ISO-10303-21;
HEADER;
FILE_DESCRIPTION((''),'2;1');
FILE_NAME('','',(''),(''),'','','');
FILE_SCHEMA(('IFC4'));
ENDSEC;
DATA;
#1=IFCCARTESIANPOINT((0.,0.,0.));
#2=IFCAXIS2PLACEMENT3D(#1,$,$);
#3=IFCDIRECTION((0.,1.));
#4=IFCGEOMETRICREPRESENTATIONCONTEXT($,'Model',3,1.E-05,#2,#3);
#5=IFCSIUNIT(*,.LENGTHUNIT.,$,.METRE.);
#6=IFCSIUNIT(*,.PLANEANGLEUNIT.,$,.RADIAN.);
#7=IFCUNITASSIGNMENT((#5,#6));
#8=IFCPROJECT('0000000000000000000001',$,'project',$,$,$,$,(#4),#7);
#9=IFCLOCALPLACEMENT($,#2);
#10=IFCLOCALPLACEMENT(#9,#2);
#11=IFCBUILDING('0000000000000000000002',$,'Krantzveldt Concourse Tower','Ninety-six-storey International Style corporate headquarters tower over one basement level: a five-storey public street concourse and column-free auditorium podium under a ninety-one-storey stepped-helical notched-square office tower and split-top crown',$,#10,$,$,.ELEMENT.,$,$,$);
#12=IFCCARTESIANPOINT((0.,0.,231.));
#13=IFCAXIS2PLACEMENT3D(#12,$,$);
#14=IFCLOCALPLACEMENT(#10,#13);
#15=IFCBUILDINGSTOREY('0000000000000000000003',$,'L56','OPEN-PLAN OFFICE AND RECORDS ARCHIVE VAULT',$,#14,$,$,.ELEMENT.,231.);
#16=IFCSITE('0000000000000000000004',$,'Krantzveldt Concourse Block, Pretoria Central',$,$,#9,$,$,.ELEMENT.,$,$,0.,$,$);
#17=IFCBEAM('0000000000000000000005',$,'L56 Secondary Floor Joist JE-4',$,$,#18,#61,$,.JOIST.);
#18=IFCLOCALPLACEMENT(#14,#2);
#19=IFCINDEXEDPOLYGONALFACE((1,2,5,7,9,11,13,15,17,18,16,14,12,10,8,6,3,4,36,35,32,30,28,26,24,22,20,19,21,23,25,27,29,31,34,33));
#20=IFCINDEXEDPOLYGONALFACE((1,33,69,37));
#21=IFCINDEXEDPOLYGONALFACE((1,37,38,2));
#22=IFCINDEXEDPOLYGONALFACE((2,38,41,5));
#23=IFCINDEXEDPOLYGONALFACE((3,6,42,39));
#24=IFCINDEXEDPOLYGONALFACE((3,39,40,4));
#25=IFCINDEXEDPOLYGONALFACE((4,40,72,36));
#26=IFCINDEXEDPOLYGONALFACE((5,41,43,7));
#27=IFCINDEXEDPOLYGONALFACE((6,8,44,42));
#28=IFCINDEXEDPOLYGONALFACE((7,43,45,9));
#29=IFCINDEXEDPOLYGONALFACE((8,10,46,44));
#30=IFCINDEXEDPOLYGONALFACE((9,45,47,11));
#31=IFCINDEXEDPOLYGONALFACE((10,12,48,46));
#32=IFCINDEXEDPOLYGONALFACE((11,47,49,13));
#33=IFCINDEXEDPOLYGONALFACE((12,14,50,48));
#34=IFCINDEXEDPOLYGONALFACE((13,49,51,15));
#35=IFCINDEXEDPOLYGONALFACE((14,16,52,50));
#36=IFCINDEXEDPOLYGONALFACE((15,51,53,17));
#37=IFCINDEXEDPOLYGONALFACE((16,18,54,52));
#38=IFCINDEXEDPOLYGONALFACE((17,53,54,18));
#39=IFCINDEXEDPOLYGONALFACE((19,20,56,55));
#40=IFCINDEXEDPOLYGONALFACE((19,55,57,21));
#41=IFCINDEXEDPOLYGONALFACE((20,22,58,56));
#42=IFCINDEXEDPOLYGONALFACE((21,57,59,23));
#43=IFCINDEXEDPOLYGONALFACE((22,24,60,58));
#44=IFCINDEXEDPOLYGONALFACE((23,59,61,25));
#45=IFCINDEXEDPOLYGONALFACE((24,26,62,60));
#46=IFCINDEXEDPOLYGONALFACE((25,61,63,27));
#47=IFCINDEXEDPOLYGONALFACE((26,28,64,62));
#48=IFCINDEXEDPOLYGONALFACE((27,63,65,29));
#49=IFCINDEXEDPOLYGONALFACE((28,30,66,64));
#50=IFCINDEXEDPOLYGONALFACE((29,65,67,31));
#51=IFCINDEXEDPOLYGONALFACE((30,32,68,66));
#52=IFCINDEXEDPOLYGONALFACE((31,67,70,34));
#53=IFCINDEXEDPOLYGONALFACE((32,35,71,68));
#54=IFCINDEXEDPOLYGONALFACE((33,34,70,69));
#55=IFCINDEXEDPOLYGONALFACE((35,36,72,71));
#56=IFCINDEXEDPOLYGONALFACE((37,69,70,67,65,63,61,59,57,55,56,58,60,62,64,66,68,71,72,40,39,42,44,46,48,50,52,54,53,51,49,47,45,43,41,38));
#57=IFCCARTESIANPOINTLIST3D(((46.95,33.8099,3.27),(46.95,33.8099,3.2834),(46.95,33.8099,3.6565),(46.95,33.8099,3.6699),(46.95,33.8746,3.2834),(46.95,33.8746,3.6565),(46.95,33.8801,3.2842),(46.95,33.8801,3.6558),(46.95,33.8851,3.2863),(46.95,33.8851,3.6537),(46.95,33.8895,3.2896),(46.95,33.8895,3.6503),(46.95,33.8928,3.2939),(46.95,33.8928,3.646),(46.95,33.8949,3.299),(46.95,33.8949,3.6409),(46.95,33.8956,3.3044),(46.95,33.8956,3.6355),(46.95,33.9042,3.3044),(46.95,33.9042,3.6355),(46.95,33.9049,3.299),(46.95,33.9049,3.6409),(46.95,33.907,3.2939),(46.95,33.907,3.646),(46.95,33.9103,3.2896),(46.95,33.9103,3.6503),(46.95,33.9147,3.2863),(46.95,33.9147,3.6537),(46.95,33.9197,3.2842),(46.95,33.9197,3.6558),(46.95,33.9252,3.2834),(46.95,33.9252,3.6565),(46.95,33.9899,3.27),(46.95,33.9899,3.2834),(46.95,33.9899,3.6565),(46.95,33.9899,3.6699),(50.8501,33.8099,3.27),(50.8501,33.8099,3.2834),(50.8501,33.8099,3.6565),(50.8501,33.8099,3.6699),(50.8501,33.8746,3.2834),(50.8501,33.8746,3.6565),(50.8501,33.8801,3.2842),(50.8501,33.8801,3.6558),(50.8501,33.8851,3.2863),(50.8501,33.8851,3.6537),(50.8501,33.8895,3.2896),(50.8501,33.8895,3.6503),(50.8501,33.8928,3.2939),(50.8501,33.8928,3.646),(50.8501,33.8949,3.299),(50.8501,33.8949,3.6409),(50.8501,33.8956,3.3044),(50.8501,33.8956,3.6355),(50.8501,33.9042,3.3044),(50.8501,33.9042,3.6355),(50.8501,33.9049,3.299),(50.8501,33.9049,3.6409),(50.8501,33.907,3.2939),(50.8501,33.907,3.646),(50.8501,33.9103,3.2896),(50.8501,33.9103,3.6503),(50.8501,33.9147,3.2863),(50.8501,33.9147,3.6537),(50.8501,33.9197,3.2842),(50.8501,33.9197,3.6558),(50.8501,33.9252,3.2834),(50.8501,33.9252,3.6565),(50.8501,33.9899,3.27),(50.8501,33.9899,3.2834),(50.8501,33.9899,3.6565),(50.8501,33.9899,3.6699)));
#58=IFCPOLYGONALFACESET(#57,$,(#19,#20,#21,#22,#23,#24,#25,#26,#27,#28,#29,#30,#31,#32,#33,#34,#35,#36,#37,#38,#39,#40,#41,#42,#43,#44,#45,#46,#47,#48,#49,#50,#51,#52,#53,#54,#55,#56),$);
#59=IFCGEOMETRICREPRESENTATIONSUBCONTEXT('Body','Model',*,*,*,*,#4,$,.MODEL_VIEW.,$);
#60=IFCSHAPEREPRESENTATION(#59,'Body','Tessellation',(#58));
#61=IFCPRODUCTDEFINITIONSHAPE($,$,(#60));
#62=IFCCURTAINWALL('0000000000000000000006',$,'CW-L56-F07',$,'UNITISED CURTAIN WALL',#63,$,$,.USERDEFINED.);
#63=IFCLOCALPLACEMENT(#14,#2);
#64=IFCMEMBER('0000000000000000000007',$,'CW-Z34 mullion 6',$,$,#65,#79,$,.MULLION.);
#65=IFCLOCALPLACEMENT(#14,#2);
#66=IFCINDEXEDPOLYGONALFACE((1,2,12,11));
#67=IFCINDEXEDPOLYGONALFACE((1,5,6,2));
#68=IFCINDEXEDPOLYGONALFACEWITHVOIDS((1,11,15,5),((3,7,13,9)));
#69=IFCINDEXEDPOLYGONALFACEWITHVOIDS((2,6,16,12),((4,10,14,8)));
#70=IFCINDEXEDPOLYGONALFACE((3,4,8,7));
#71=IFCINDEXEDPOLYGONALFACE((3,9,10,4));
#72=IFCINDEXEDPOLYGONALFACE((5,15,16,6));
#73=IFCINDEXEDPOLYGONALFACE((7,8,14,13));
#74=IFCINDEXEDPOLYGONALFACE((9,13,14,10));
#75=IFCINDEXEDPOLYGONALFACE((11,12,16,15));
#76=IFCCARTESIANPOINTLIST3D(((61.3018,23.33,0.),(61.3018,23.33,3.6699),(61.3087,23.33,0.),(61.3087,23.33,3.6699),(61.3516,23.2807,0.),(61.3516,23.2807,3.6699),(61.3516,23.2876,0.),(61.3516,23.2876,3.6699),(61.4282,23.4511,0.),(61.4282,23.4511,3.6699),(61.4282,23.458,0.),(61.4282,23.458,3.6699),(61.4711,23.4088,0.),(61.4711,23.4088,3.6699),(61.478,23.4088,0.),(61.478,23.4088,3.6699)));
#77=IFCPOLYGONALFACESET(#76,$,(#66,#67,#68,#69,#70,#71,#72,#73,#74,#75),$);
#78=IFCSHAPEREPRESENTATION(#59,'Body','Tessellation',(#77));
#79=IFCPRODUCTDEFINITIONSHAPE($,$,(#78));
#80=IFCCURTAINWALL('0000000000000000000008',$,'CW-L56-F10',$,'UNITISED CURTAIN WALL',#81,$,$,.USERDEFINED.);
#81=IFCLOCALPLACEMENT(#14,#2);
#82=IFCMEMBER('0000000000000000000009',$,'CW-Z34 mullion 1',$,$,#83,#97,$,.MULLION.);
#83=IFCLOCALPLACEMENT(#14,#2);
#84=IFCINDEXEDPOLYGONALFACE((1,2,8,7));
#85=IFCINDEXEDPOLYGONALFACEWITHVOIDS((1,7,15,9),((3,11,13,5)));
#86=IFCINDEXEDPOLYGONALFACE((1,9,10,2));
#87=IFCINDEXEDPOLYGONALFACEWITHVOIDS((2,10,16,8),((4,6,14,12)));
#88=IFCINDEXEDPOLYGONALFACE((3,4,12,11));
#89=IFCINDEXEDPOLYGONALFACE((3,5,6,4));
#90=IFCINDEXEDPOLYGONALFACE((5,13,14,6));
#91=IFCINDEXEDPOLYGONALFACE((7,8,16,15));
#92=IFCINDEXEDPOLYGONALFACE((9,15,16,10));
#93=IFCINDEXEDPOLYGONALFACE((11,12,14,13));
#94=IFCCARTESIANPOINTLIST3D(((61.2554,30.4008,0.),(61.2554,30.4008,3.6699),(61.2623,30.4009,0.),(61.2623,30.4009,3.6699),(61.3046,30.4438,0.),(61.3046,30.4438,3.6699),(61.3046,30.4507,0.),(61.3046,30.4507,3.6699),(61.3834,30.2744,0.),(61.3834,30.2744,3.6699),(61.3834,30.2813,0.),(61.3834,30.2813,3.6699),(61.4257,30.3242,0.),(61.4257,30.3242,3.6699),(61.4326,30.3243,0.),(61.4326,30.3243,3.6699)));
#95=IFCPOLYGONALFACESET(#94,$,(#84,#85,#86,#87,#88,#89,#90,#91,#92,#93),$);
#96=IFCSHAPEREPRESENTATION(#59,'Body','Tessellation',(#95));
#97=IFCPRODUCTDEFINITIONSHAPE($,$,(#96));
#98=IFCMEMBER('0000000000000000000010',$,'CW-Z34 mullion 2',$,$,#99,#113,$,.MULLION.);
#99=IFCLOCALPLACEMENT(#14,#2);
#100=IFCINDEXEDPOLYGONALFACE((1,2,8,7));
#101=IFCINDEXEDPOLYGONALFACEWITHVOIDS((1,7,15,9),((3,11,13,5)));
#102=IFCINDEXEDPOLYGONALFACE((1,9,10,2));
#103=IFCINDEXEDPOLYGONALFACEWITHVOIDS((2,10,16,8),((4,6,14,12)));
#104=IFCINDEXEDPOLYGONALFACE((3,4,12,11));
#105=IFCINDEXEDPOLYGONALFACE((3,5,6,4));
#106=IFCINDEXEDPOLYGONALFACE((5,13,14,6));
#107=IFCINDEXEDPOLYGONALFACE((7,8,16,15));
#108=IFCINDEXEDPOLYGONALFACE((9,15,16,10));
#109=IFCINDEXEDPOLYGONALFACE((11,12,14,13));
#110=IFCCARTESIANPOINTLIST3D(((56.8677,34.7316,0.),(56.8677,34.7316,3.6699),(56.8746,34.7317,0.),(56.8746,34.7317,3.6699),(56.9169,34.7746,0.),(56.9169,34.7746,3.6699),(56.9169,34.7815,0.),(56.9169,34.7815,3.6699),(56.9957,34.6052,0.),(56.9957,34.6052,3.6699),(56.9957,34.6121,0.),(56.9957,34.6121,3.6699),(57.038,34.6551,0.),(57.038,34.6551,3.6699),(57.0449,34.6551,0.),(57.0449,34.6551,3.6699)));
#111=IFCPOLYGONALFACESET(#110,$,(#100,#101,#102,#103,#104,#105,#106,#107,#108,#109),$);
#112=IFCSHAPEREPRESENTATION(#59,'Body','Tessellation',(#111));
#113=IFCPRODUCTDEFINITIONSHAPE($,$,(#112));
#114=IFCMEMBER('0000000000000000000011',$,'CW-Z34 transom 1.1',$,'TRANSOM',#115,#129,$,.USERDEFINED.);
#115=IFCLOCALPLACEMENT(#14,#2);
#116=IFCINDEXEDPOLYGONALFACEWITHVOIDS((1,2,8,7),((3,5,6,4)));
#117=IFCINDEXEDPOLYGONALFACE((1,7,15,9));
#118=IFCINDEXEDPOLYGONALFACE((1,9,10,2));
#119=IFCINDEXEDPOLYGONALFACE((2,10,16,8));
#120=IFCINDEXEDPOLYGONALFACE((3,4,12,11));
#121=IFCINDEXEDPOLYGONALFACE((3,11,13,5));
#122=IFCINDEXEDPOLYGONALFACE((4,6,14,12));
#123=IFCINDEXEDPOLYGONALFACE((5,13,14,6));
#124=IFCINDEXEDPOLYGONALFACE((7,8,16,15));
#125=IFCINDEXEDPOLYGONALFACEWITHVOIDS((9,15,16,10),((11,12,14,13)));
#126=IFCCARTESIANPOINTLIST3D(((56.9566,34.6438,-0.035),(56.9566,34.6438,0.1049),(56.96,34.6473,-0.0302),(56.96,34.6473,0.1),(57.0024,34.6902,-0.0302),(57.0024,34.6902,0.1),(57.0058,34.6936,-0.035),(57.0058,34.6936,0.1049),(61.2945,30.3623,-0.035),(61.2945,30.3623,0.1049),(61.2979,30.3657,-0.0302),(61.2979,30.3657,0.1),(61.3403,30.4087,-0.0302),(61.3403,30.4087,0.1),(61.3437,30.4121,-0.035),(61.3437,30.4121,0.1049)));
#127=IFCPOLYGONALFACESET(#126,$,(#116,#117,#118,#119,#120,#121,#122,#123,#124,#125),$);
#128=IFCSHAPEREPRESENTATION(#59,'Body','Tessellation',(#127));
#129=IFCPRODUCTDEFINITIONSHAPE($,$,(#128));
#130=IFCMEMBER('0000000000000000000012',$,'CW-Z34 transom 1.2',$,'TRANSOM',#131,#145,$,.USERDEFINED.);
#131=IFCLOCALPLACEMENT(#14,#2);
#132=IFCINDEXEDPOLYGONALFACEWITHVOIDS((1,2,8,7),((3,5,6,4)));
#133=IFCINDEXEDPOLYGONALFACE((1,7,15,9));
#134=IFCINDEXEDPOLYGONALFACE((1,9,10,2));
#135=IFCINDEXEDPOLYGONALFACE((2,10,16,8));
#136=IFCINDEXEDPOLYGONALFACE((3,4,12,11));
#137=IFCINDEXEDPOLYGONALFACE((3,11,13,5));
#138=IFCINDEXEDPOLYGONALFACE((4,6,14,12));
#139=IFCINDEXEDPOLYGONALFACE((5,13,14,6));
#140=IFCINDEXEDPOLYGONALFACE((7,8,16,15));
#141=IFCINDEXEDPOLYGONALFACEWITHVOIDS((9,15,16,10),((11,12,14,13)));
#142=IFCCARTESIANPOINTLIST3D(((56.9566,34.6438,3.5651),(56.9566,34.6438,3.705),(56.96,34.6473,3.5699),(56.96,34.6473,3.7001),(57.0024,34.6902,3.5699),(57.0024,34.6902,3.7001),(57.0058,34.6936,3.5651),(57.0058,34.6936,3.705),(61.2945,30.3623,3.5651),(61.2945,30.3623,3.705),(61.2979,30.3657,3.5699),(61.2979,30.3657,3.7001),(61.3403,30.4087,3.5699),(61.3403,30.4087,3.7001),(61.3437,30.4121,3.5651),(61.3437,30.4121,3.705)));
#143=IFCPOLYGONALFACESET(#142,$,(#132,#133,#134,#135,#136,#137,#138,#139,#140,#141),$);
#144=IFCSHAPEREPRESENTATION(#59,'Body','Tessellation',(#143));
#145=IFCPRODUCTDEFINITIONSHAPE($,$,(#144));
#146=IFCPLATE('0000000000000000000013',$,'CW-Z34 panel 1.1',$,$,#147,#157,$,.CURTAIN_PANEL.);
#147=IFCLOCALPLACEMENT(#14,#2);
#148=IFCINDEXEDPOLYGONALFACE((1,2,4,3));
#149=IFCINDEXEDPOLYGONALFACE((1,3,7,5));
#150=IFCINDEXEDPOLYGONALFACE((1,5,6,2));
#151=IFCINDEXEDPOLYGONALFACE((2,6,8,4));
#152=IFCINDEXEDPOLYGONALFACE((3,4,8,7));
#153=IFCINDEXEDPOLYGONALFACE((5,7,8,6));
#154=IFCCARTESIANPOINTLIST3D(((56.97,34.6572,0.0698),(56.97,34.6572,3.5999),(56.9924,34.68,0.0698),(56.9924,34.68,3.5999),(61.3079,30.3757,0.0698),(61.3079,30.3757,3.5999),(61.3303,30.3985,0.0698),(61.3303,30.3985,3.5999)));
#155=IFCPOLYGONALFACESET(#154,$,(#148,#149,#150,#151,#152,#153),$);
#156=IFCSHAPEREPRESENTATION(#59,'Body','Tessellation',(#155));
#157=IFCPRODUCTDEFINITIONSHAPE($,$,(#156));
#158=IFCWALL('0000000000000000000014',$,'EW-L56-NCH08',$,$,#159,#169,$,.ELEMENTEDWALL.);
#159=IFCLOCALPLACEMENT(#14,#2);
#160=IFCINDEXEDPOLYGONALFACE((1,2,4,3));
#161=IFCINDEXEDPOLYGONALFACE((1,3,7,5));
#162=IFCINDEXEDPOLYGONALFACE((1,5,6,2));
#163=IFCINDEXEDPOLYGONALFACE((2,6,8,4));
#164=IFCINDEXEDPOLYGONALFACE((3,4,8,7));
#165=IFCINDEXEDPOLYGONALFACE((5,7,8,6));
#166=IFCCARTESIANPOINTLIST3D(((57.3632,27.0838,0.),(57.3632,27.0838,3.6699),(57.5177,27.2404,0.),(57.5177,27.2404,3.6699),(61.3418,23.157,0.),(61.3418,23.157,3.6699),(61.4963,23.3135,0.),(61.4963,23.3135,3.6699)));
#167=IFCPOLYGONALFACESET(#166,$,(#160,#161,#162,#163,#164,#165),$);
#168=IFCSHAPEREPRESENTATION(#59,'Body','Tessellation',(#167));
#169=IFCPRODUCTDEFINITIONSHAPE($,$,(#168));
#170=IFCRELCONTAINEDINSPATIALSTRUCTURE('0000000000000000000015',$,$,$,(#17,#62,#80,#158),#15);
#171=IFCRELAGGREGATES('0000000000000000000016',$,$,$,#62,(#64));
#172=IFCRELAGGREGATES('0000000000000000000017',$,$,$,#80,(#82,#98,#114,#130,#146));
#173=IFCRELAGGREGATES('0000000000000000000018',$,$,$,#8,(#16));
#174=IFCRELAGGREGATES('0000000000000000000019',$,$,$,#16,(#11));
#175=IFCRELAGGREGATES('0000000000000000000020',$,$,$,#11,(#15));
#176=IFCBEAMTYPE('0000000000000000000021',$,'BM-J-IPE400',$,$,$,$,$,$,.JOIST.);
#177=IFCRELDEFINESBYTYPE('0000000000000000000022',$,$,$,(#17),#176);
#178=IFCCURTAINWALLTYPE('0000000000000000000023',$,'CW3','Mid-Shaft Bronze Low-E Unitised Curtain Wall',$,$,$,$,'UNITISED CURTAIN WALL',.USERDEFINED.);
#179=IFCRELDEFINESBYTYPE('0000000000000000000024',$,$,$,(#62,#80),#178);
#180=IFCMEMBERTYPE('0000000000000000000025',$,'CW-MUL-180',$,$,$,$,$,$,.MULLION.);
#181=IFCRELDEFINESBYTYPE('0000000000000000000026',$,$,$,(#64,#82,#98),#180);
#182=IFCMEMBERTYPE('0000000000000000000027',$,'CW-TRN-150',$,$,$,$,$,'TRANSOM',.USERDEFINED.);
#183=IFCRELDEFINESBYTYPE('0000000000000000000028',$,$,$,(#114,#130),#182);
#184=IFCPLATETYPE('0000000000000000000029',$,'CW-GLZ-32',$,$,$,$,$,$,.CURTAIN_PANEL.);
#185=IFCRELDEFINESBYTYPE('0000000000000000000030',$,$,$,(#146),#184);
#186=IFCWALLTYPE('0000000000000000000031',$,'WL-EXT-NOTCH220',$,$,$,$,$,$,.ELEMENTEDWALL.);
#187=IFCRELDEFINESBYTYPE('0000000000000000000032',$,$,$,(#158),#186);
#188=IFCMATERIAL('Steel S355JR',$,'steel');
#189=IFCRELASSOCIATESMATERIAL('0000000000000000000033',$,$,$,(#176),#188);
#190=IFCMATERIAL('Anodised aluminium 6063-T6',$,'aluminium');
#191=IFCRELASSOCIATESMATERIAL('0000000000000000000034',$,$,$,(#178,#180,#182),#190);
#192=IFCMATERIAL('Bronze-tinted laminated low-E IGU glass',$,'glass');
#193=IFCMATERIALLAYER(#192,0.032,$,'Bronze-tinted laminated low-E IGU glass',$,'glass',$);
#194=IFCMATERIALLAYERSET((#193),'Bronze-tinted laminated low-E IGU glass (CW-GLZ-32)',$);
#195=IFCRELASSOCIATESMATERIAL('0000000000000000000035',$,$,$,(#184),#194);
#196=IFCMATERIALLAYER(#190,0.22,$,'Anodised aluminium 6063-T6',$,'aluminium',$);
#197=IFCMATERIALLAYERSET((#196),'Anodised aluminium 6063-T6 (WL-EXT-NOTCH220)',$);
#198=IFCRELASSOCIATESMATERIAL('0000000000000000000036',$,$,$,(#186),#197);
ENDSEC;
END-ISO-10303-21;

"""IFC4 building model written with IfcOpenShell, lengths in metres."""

from ifc_helpers import new_model, si_unit, direction, frame, frame_2d, origin, origin_2d, place, context, subcontext, project, spatial, rectangle, hollow_rectangle, i_section, extrude, source, transform, mapped, material, layer, layer_set, material_profile, profile_set, type_object, type_shapes, element, aggregate, save


model = new_model("IFC4")

# Units and contexts
model_context = context("Model", 3, precision=1e-05, world=origin(), true_north=direction((0.0, 1.0)))
body_context = subcontext(model_context, "Body", "Model", "MODEL_VIEW")
ifc_project = project(units=[si_unit("LENGTHUNIT", "METRE"), si_unit("PLANEANGLEUNIT", "RADIAN")], contexts=[model_context])

# Site, building, storey
site_placement = place(None, origin())
site = spatial("IfcSite", under=ifc_project, at=site_placement, Name="Krantzveldt Concourse Block, Pretoria Central", CompositionType="ELEMENT", RefElevation=0.0)
building_placement = place(site_placement, origin())
building = spatial("IfcBuilding", under=site, at=building_placement, Name="Krantzveldt Concourse Tower", Description="Ninety-six-storey International Style corporate headquarters tower over one basement level: a five-storey public street concourse and column-free auditorium podium under a ninety-one-storey stepped-helical notched-square office tower and split-top crown", CompositionType="ELEMENT")
storey_placement = place(building_placement, frame((0.0, 0.0, 231.0)))
storey = spatial("IfcBuildingStorey", under=building, at=storey_placement, Name="L56", Description="OPEN-PLAN OFFICE AND RECORDS ARCHIVE VAULT", CompositionType="ELEMENT", Elevation=231.0)

# Beam
ifc_material_1 = material(Name="Steel S355JR", Category="steel")
ifc_material_profile_1 = material_profile(ifc_material_1, i_section(OverallWidth=0.1799, OverallDepth=0.3999, WebThickness=0.0085, FlangeThickness=0.0134, FilletRadius=0.021, at=origin_2d()), Name="Steel S355JR", Category="steel")
ifc_profile_set_1 = profile_set([ifc_material_profile_1], Name="Steel S355JR - IPE 400")
beam_type_1 = type_object("IfcBeamType", Name="BM-J-IPE400", PredefinedType="JOIST", material=ifc_profile_set_1)
shared_shape_1 = source(origin(), body_context, "Body", "SweptSolid", [
    extrude(i_section(OverallWidth=0.1799, OverallDepth=0.3999, WebThickness=0.0085, FlangeThickness=0.0134, FilletRadius=0.021, at=origin_2d()), origin(), (0.0, 0.0, 1.0), 3.9001),
])
type_shapes(beam_type_1, [shared_shape_1])
for number, where, z_axis, x_axis, name in (
    (1, (46.95, 33.8999, 3.47), (1.0, 0.0, 0.0), (0.0, 1.0, 0.0), "L56 Secondary Floor Joist JE-4"),
):
    element("IfcBeam", number, at=place(storey_placement, frame(where, z_axis=z_axis, x_axis=x_axis)), inside=storey, type_object=beam_type_1, Name=name, PredefinedType="JOIST", context=body_context, shape_type="MappedRepresentation", body=[
        mapped(shared_shape_1, transform((0.0, 0.0, 0.0), x_axis=(1.0, 0.0, 0.0), y_axis=(0.0, 1.0, 0.0), z_axis=(0.0, 0.0, 1.0), scale=1.0)),
    ])

# Curtain wall, member
ifc_material_2 = material(Name="Anodised aluminium 6063-T6", Category="aluminium")
curtain_wall_type = type_object("IfcCurtainWallType", Name="CW3", Description="Mid-Shaft Bronze Low-E Unitised Curtain Wall", ElementType="UNITISED CURTAIN WALL", PredefinedType="USERDEFINED", material=ifc_material_2)
curtain_wall_1_placement = place(storey_placement, origin())
curtain_wall_1 = element("IfcCurtainWall", 2, at=curtain_wall_1_placement, inside=storey, type_object=curtain_wall_type, Name="CW-L56-F07", ObjectType="UNITISED CURTAIN WALL", PredefinedType="USERDEFINED")
ifc_material_profile_2 = material_profile(ifc_material_2, hollow_rectangle(XDim=0.0701, YDim=0.1799, WallThickness=0.0049, at=origin_2d()), Name="Anodised aluminium 6063-T6", Category="aluminium")
ifc_profile_set_2 = profile_set([ifc_material_profile_2], Name="Anodised aluminium 6063-T6 - ALU-MULL 180x70x5")
member_type_1 = type_object("IfcMemberType", Name="CW-MUL-180", PredefinedType="MULLION", material=ifc_profile_set_2)
shared_shape_2 = source(origin(), body_context, "Body", "SweptSolid", [
    extrude(hollow_rectangle(XDim=0.0701, YDim=0.1799, WallThickness=0.0049, at=origin_2d()), origin(), (0.0, 0.0, 1.0), 3.6699),
])
type_shapes(member_type_1, [shared_shape_2])
member_1_placement = place(storey_placement, frame((61.3899, 23.3694, 0.0), z_axis=(0.0, 0.0, 1.0), x_axis=(-0.71172, 0.702464, 0.0)))
member_1 = element("IfcMember", 3, at=member_1_placement, type_object=member_type_1, Name="CW-Z34 mullion 6", PredefinedType="MULLION", context=body_context, shape_type="MappedRepresentation", body=[
    mapped(shared_shape_2, transform((0.0, 0.0, 0.0), x_axis=(1.0, 0.0, 0.0), y_axis=(0.0, 1.0, 0.0), z_axis=(0.0, 0.0, 1.0), scale=1.0)),
])
aggregate(curtain_wall_1, [member_1])

# Curtain wall, members, plate
curtain_wall_2_placement = place(storey_placement, origin())
curtain_wall_2 = element("IfcCurtainWall", 4, at=curtain_wall_2_placement, inside=storey, type_object=curtain_wall_type, Name="CW-L56-F10", ObjectType="UNITISED CURTAIN WALL", PredefinedType="USERDEFINED")
member_2_placement = place(storey_placement, frame((61.344, 30.3625, 0.0), z_axis=(0.0, 0.0, 1.0), x_axis=(-0.702464, -0.71172, 0.0)))
member_2 = element("IfcMember", 5, at=member_2_placement, type_object=member_type_1, Name="CW-Z34 mullion 1", PredefinedType="MULLION", context=body_context, shape_type="MappedRepresentation", body=[
    mapped(shared_shape_2, transform((0.0, 0.0, 0.0), x_axis=(1.0, 0.0, 0.0), y_axis=(0.0, 1.0, 0.0), z_axis=(0.0, 0.0, 1.0), scale=1.0)),
])
member_3_placement = place(storey_placement, frame((56.9563, 34.6934, 0.0), z_axis=(0.0, 0.0, 1.0), x_axis=(-0.702464, -0.71172, 0.0)))
member_3 = element("IfcMember", 6, at=member_3_placement, type_object=member_type_1, Name="CW-Z34 mullion 2", PredefinedType="MULLION", context=body_context, shape_type="MappedRepresentation", body=[
    mapped(shared_shape_2, transform((0.0, 0.0, 0.0), x_axis=(1.0, 0.0, 0.0), y_axis=(0.0, 1.0, 0.0), z_axis=(0.0, 0.0, 1.0), scale=1.0)),
])
ifc_material_profile_3 = material_profile(ifc_material_2, hollow_rectangle(XDim=0.0701, YDim=0.1399, WallThickness=0.0049, at=origin_2d()), Name="Anodised aluminium 6063-T6", Category="aluminium")
ifc_profile_set_3 = profile_set([ifc_material_profile_3], Name="Anodised aluminium 6063-T6 - ALU-TRAN 140x70x5")
member_type_2 = type_object("IfcMemberType", Name="CW-TRN-150", ElementType="TRANSOM", PredefinedType="USERDEFINED", material=ifc_profile_set_3)
shared_shape_3 = source(origin(), body_context, "Body", "SweptSolid", [
    extrude(hollow_rectangle(XDim=0.0701, YDim=0.1399, WallThickness=0.0049, at=origin_2d()), origin(), (0.0, 0.0, 1.0), 6.095),
])
type_shapes(member_type_2, [shared_shape_3])
member_4_placement = place(storey_placement, frame((61.3191, 30.3872, 0.0349), z_axis=(-0.711718, 0.702465, 0.0), x_axis=(-0.702465, -0.711718, 0.0)))
member_4 = element("IfcMember", 7, at=member_4_placement, type_object=member_type_2, Name="CW-Z34 transom 1.1", ObjectType="TRANSOM", PredefinedType="USERDEFINED", context=body_context, shape_type="MappedRepresentation", body=[
    mapped(shared_shape_3, transform((0.0, 0.0, 0.0), x_axis=(1.0, 0.0, 0.0), y_axis=(0.0, 1.0, 0.0), z_axis=(0.0, 0.0, 1.0), scale=1.0)),
])
member_5_placement = place(storey_placement, frame((61.3191, 30.3872, 3.635), z_axis=(-0.711718, 0.702465, 0.0), x_axis=(-0.702465, -0.711718, 0.0)))
member_5 = element("IfcMember", 8, at=member_5_placement, type_object=member_type_2, Name="CW-Z34 transom 1.2", ObjectType="TRANSOM", PredefinedType="USERDEFINED", context=body_context, shape_type="MappedRepresentation", body=[
    mapped(shared_shape_3, transform((0.0, 0.0, 0.0), x_axis=(1.0, 0.0, 0.0), y_axis=(0.0, 1.0, 0.0), z_axis=(0.0, 0.0, 1.0), scale=1.0)),
])
ifc_material_3 = material(Name="Bronze-tinted laminated low-E IGU glass", Category="glass")
ifc_layer_1 = layer(ifc_material_3, 0.032, Name="Bronze-tinted laminated low-E IGU glass", Category="glass")
ifc_layer_set_1 = layer_set([ifc_layer_1], Name="Bronze-tinted laminated low-E IGU glass (CW-GLZ-32)")
plate_type = type_object("IfcPlateType", Name="CW-GLZ-32", PredefinedType="CURTAIN_PANEL", material=ifc_layer_set_1)
shared_shape_4 = source(origin(), body_context, "Body", "SweptSolid", [
    extrude(rectangle(XDim=6.095, YDim=0.032, at=origin_2d()), origin(), (0.0, 0.0, 1.0), 3.53),
])
type_shapes(plate_type, [shared_shape_4])
plate_placement = place(storey_placement, frame((59.1501, 32.5278, 0.0698), z_axis=(0.0, 0.0, 1.0), x_axis=(-0.71172, 0.702464, 0.0)))
plate = element("IfcPlate", 9, at=plate_placement, type_object=plate_type, Name="CW-Z34 panel 1.1", PredefinedType="CURTAIN_PANEL", context=body_context, shape_type="MappedRepresentation", body=[
    mapped(shared_shape_4, transform((0.0, 0.0, 0.0), x_axis=(1.0, 0.0, 0.0), y_axis=(0.0, 1.0, 0.0), z_axis=(0.0, 0.0, 1.0), scale=1.0)),
])
aggregate(curtain_wall_2, [member_2, member_3, member_4, member_5, plate])

# Wall
ifc_layer_2 = layer(ifc_material_2, 0.22, Name="Anodised aluminium 6063-T6", Category="aluminium")
ifc_layer_set_2 = layer_set([ifc_layer_2], Name="Anodised aluminium 6063-T6 (WL-EXT-NOTCH220)")
wall_type_1 = type_object("IfcWallType", Name="WL-EXT-NOTCH220", PredefinedType="ELEMENTEDWALL", material=ifc_layer_set_2)
wall_1_placement = place(storey_placement, frame((61.4189, 23.2354, 0.0), z_axis=(0.0, 0.0, 1.0), x_axis=(-0.711721, 0.702462, 0.0)))
element("IfcWall", 10, at=wall_1_placement, inside=storey, type_object=wall_type_1, Name="EW-L56-NCH08", PredefinedType="ELEMENTEDWALL", context=body_context, shape_type="SweptSolid", body=[
    extrude(rectangle(XDim=5.5901, YDim=0.22, at=frame_2d((2.7949, 0.0))), origin(), (0.0, 0.0, 1.0), 3.6699),
])

save(model, "model.ifc")
